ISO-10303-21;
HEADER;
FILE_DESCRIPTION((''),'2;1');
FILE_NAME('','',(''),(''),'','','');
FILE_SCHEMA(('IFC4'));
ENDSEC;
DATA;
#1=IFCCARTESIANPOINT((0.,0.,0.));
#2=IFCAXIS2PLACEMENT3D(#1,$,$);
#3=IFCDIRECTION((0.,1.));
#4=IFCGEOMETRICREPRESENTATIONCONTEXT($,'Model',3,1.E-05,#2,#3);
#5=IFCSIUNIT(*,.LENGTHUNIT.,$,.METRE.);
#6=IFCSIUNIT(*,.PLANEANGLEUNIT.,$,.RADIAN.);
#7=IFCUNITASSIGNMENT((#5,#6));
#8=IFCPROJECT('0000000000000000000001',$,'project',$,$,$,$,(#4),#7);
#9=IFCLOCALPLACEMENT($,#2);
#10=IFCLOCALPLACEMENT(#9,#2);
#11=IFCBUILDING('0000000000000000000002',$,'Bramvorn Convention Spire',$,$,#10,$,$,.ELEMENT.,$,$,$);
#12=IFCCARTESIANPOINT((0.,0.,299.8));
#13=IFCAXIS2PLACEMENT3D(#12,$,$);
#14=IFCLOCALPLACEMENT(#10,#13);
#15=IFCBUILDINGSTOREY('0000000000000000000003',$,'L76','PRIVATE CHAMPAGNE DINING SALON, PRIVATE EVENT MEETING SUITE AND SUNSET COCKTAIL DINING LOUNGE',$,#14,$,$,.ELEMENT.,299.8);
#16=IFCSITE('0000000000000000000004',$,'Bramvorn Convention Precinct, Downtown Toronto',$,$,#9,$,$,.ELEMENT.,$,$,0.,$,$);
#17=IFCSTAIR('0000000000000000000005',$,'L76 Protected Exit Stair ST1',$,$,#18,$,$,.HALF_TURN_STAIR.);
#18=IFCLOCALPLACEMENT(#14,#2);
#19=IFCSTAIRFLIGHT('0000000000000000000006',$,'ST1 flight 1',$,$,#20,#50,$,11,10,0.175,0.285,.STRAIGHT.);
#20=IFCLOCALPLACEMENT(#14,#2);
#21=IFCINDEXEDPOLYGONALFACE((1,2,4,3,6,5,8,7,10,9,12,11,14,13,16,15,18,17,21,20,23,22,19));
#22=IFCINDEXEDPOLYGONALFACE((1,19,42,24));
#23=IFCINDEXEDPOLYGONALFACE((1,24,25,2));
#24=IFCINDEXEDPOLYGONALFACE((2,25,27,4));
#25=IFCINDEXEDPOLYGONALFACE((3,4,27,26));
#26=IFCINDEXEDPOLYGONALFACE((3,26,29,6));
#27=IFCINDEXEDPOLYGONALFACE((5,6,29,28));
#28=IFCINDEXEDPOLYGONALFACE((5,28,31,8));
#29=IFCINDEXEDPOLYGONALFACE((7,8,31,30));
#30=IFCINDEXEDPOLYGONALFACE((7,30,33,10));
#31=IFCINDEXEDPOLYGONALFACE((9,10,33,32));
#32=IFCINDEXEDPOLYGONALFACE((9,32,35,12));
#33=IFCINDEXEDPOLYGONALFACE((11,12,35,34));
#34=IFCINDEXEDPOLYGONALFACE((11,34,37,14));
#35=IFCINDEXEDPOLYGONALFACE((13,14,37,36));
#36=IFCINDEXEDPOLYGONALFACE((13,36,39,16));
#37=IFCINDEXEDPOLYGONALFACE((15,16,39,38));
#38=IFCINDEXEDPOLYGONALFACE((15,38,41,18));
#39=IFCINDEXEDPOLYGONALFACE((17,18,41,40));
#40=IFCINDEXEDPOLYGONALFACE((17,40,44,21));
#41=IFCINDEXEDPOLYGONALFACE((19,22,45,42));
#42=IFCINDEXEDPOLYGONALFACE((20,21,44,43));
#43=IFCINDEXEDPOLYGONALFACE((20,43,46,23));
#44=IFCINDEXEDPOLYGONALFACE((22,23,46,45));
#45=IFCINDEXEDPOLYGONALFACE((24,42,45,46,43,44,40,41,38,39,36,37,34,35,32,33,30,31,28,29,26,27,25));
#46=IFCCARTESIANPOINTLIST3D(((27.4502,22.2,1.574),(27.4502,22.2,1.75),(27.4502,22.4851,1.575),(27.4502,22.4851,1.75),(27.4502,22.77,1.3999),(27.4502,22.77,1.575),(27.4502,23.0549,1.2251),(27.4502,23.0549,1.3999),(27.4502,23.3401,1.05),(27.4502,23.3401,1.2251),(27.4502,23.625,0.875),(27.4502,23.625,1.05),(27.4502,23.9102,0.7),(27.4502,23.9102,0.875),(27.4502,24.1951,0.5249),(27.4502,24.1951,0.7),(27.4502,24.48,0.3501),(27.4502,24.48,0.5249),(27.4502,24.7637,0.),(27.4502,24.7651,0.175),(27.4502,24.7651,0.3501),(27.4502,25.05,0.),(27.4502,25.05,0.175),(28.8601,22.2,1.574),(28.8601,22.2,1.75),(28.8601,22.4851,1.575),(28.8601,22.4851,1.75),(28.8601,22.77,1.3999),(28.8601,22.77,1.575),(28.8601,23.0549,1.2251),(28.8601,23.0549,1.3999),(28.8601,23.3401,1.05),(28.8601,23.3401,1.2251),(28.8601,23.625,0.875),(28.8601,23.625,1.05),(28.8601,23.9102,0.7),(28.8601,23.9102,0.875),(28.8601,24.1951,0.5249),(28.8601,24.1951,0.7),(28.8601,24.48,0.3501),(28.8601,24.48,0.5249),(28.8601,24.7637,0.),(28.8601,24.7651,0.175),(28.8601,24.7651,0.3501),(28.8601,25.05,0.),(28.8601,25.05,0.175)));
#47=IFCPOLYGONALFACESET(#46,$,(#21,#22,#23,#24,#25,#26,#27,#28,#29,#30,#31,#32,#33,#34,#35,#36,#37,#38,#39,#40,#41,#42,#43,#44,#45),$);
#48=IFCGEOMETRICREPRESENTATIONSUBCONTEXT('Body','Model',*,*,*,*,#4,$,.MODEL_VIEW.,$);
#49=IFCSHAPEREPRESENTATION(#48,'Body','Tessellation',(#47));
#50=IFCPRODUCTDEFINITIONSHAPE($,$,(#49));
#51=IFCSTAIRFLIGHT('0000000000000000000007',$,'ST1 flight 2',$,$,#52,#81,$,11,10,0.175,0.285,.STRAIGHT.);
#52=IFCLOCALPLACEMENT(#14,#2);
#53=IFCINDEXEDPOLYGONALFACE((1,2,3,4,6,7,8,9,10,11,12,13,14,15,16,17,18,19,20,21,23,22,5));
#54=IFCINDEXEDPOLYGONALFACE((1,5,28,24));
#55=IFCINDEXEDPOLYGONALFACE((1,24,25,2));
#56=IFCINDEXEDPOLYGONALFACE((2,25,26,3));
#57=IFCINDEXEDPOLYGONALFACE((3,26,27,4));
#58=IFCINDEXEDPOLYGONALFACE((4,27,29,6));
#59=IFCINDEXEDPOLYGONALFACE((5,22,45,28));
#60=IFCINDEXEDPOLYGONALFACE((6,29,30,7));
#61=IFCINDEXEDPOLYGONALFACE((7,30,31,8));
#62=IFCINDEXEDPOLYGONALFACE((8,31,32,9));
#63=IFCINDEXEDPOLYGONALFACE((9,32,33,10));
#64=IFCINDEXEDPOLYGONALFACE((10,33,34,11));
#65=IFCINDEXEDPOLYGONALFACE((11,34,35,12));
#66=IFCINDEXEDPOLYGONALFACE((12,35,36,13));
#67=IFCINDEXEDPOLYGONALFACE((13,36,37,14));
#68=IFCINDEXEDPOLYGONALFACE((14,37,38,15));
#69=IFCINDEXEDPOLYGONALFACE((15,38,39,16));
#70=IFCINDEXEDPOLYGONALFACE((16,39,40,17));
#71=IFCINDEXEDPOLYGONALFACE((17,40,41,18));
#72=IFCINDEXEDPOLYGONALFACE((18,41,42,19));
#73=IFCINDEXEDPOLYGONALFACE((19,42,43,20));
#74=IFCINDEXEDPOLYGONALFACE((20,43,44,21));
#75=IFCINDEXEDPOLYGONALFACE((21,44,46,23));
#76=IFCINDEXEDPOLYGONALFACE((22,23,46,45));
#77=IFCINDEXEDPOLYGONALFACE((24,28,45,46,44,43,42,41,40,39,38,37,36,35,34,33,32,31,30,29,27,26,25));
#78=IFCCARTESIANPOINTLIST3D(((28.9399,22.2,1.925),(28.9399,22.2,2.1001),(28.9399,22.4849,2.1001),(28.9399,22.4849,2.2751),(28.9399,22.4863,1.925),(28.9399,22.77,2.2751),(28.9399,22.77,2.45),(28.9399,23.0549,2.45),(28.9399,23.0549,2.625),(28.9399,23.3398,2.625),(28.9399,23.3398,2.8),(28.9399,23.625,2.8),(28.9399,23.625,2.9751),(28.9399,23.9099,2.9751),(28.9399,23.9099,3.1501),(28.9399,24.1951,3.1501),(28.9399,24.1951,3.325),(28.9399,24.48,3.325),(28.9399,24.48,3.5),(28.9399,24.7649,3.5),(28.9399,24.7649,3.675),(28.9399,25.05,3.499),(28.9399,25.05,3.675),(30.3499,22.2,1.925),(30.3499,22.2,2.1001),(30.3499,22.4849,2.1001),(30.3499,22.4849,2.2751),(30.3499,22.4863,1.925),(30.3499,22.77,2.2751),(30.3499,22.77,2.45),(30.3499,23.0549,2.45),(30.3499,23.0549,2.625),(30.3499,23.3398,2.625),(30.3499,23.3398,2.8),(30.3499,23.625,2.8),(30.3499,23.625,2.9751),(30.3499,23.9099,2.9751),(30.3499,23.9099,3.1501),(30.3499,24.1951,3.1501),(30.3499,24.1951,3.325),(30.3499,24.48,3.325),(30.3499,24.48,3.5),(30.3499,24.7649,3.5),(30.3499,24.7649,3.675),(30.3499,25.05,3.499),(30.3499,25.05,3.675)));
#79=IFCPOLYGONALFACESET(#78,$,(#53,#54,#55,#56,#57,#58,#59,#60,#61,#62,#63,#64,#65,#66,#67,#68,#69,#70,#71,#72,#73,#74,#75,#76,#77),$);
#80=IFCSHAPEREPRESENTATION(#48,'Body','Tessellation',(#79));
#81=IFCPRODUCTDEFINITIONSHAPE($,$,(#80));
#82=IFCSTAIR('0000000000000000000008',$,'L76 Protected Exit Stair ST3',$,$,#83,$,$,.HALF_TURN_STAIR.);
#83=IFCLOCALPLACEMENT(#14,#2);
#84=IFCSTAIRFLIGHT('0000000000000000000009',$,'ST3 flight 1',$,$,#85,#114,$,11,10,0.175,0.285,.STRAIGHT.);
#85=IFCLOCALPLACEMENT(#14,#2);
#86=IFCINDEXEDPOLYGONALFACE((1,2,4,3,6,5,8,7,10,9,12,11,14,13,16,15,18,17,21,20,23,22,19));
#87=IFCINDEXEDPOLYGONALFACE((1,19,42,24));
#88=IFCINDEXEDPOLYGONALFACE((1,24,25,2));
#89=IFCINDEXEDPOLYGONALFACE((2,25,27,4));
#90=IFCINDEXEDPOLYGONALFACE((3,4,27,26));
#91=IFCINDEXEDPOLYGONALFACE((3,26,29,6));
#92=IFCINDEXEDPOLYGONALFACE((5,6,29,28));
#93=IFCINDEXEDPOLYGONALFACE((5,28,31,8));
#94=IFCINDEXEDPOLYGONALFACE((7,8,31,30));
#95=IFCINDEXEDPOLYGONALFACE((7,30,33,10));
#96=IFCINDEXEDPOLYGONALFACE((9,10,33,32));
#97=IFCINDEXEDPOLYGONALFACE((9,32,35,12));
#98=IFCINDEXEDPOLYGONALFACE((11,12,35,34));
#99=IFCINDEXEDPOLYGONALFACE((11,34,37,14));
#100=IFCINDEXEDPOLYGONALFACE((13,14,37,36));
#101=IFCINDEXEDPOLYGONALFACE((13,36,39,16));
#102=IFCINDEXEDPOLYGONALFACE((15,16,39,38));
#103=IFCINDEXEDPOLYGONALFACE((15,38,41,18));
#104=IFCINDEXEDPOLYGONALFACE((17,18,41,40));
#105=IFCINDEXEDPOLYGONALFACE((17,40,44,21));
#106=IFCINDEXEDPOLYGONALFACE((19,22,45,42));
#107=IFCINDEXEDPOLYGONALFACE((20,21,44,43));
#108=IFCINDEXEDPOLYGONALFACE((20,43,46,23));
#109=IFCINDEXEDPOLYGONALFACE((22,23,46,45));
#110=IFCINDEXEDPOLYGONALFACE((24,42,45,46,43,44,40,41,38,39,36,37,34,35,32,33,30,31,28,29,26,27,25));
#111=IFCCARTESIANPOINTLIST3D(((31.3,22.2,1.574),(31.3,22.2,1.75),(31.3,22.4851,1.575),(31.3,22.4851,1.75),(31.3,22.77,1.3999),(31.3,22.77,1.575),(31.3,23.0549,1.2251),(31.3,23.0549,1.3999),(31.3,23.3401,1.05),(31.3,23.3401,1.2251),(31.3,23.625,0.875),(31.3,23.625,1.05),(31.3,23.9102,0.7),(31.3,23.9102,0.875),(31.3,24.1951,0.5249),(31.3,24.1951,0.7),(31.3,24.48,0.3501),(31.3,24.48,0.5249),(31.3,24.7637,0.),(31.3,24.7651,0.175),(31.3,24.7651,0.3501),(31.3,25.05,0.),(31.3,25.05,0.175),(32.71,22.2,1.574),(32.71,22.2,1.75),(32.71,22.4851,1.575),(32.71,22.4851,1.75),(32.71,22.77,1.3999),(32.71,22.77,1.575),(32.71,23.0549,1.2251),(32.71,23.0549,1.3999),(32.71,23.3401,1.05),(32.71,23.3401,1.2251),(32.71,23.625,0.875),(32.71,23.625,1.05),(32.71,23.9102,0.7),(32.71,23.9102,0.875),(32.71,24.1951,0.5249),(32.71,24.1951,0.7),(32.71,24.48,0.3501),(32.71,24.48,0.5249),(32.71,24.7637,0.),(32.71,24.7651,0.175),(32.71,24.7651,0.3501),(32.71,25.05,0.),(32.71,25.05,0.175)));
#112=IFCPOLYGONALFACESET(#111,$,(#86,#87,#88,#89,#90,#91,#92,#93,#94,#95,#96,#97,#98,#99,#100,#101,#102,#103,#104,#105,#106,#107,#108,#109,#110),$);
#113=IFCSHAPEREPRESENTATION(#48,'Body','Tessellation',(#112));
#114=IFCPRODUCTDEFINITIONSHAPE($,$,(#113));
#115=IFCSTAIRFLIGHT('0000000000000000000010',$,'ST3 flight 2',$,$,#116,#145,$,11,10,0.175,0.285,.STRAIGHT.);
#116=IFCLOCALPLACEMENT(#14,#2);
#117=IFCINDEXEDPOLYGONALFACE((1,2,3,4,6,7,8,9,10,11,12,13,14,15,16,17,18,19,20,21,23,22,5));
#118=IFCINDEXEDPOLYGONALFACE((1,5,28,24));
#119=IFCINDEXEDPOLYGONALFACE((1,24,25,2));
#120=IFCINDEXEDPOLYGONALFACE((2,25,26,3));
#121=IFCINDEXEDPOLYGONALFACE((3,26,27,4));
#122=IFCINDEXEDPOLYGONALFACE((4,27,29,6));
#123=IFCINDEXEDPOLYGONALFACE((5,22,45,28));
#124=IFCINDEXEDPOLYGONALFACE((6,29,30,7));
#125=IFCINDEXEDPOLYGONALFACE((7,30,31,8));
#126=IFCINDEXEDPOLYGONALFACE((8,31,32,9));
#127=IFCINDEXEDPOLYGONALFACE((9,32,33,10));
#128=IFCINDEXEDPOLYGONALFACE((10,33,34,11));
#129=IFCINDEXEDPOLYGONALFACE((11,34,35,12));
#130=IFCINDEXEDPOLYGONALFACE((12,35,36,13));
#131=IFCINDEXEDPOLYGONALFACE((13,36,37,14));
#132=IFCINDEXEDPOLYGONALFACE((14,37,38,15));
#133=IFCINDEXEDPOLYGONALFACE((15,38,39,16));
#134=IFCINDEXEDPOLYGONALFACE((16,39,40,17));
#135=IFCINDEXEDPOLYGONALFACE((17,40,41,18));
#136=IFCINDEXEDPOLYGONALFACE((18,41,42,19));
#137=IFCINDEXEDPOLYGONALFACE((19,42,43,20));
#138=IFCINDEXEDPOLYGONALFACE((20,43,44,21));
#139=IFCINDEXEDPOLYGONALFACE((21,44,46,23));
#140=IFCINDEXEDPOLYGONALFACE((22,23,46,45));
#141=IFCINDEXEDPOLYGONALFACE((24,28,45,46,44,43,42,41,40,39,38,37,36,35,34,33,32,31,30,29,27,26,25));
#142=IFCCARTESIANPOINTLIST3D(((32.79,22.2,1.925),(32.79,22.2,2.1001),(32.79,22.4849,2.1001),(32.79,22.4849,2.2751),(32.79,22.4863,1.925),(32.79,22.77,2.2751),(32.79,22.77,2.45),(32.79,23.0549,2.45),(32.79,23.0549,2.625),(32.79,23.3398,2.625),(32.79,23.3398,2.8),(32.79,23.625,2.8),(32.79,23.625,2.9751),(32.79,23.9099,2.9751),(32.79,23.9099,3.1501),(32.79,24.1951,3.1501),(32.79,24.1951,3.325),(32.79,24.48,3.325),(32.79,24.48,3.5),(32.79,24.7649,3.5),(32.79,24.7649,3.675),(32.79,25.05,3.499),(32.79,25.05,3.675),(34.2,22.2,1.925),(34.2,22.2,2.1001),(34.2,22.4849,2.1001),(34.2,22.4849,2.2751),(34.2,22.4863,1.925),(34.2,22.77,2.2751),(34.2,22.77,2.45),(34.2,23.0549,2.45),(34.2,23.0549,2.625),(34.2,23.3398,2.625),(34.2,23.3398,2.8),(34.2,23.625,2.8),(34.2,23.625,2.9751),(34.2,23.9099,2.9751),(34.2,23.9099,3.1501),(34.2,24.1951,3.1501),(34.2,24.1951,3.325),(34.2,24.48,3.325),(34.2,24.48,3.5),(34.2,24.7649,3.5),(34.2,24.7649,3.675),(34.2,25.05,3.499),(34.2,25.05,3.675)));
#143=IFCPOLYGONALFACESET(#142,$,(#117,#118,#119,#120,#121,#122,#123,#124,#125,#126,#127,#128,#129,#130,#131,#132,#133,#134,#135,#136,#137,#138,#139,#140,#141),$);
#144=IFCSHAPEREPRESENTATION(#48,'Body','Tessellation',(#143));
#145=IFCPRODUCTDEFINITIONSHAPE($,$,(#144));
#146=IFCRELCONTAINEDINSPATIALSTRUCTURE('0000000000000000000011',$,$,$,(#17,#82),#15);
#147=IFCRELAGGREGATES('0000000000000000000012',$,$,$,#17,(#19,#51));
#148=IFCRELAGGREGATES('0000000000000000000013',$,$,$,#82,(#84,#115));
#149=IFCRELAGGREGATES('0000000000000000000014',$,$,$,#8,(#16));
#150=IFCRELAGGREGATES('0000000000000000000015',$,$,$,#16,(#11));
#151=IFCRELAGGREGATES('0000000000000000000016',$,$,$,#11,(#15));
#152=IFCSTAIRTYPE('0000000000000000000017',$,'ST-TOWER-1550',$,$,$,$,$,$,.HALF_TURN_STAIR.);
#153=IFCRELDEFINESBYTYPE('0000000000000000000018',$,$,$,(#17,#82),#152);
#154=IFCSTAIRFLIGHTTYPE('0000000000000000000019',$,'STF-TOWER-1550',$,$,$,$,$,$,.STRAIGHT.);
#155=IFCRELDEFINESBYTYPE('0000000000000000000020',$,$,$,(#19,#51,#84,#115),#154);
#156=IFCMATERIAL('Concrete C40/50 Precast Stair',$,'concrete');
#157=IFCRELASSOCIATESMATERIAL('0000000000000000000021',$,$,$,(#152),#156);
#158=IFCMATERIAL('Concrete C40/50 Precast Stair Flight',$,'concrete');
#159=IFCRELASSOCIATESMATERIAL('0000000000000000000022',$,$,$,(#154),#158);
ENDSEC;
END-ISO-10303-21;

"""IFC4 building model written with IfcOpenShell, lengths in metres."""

from ifc_helpers import new_model, si_unit, direction, frame, origin, place, context, subcontext, project, spatial, polyline, outline, extrude, material, type_object, element, aggregate, save


model = new_model("IFC4")

# Units and contexts
model_context = context("Model", 3, precision=1e-05, world=origin(), true_north=direction((0.0, 1.0)))
body_context = subcontext(model_context, "Body", "Model", "MODEL_VIEW")
ifc_project = project(units=[si_unit("LENGTHUNIT", "METRE"), si_unit("PLANEANGLEUNIT", "RADIAN")], contexts=[model_context])

# Site, building, storey
site_placement = place(None, origin())
site = spatial("IfcSite", under=ifc_project, at=site_placement, Name="Bramvorn Convention Precinct, Downtown Toronto", CompositionType="ELEMENT", RefElevation=0.0)
building_placement = place(site_placement, origin())
building = spatial("IfcBuilding", under=site, at=building_placement, Name="Bramvorn Convention Spire", CompositionType="ELEMENT")
storey_placement = place(building_placement, frame((0.0, 0.0, 299.8)))
storey = spatial("IfcBuildingStorey", under=building, at=storey_placement, Name="L76", Description="PRIVATE CHAMPAGNE DINING SALON, PRIVATE EVENT MEETING SUITE AND SUNSET COCKTAIL DINING LOUNGE", CompositionType="ELEMENT", Elevation=299.8)

# Stairs, stair flights
ifc_material_1 = material(Name="Concrete C40/50 Precast Stair", Category="concrete")
stair_type = type_object("IfcStairType", Name="ST-TOWER-1550", PredefinedType="HALF_TURN_STAIR", material=ifc_material_1)
stair_1_placement = place(storey_placement, origin())
stair_1 = element("IfcStair", 1, at=stair_1_placement, inside=storey, type_object=stair_type, Name="L76 Protected Exit Stair ST1", PredefinedType="HALF_TURN_STAIR")
ifc_material_2 = material(Name="Concrete C40/50 Precast Stair Flight", Category="concrete")
stair_flight_type = type_object("IfcStairFlightType", Name="STF-TOWER-1550", PredefinedType="STRAIGHT", material=ifc_material_2)
stair_flight_1_placement = place(storey_placement, frame((28.155, 25.05, 0.0), z_axis=(0.0, 0.0, 1.0), x_axis=(0.0, -1.0, 0.0)))
stair_flight_1 = element("IfcStairFlight", 2, at=stair_flight_1_placement, type_object=stair_flight_type, Name="ST1 flight 1", NumberOfRisers=11, NumberOfTreads=10, PredefinedType="STRAIGHT", RiserHeight=0.175, TreadLength=0.285, context=body_context, shape_type="SweptSolid", body=[
    extrude(outline(polyline([(0.0, 0.0), (0.0, 0.175), (0.2849, 0.175), (0.2849, 0.3501), (0.5701, 0.3501), (0.5701, 0.5249), (0.855, 0.5249), (0.855, 0.7), (1.1399, 0.7), (1.1399, 0.875), (1.425, 0.875), (1.425, 1.05), (1.71, 1.05), (1.71, 1.2251), (1.9951, 1.2251), (1.9951, 1.3999), (2.28, 1.3999), (2.28, 1.575), (2.5649, 1.575), (2.5649, 1.75), (2.8501, 1.75), (2.8501, 1.925), (2.8501, 1.574), (0.2864, 0.0), (0.0, 0.0)])), frame((0.0, 0.7051, 0.0), z_axis=(0.0, -1.0, 0.0), x_axis=(1.0, 0.0, 0.0)), (0.0, 0.0, 1.0), 1.4099),
])
stair_flight_2_placement = place(storey_placement, frame((29.645, 22.2, 1.925), z_axis=(0.0, 0.0, 1.0), x_axis=(0.0, 1.0, 0.0)))
stair_flight_2 = element("IfcStairFlight", 3, at=stair_flight_2_placement, type_object=stair_flight_type, Name="ST1 flight 2", NumberOfRisers=11, NumberOfTreads=10, PredefinedType="STRAIGHT", RiserHeight=0.175, TreadLength=0.285, context=body_context, shape_type="SweptSolid", body=[
    extrude(outline(polyline([(0.0, 0.0), (0.0, 0.175), (0.2849, 0.175), (0.2849, 0.3501), (0.5701, 0.3501), (0.5701, 0.5249), (0.855, 0.5249), (0.855, 0.7), (1.1399, 0.7), (1.1399, 0.875), (1.425, 0.875), (1.425, 1.05), (1.71, 1.05), (1.71, 1.2251), (1.9951, 1.2251), (1.9951, 1.3999), (2.28, 1.3999), (2.28, 1.575), (2.5649, 1.575), (2.5649, 1.75), (2.8501, 1.75), (2.8501, 1.925), (2.8501, 1.574), (0.2864, 0.0), (0.0, 0.0)])), frame((0.0, 0.7051, 0.0), z_axis=(0.0, -1.0, 0.0), x_axis=(1.0, 0.0, 0.0)), (0.0, 0.0, 1.0), 1.4099),
])
aggregate(stair_1, [stair_flight_1, stair_flight_2])
stair_2_placement = place(storey_placement, origin())
stair_2 = element("IfcStair", 4, at=stair_2_placement, inside=storey, type_object=stair_type, Name="L76 Protected Exit Stair ST3", PredefinedType="HALF_TURN_STAIR")
stair_flight_3_placement = place(storey_placement, frame((32.0049, 25.05, 0.0), z_axis=(0.0, 0.0, 1.0), x_axis=(0.0, -1.0, 0.0)))
stair_flight_3 = element("IfcStairFlight", 5, at=stair_flight_3_placement, type_object=stair_flight_type, Name="ST3 flight 1", NumberOfRisers=11, NumberOfTreads=10, PredefinedType="STRAIGHT", RiserHeight=0.175, TreadLength=0.285, context=body_context, shape_type="SweptSolid", body=[
    extrude(outline(polyline([(0.0, 0.0), (0.0, 0.175), (0.2849, 0.175), (0.2849, 0.3501), (0.5701, 0.3501), (0.5701, 0.5249), (0.855, 0.5249), (0.855, 0.7), (1.1399, 0.7), (1.1399, 0.875), (1.425, 0.875), (1.425, 1.05), (1.71, 1.05), (1.71, 1.2251), (1.9951, 1.2251), (1.9951, 1.3999), (2.28, 1.3999), (2.28, 1.575), (2.5649, 1.575), (2.5649, 1.75), (2.8501, 1.75), (2.8501, 1.925), (2.8501, 1.574), (0.2864, 0.0), (0.0, 0.0)])), frame((0.0, 0.7051, 0.0), z_axis=(0.0, -1.0, 0.0), x_axis=(1.0, 0.0, 0.0)), (0.0, 0.0, 1.0), 1.4099),
])
stair_flight_4_placement = place(storey_placement, frame((33.4951, 22.2, 1.925), z_axis=(0.0, 0.0, 1.0), x_axis=(0.0, 1.0, 0.0)))
stair_flight_4 = element("IfcStairFlight", 6, at=stair_flight_4_placement, type_object=stair_flight_type, Name="ST3 flight 2", NumberOfRisers=11, NumberOfTreads=10, PredefinedType="STRAIGHT", RiserHeight=0.175, TreadLength=0.285, context=body_context, shape_type="SweptSolid", body=[
    extrude(outline(polyline([(0.0, 0.0), (0.0, 0.175), (0.2849, 0.175), (0.2849, 0.3501), (0.5701, 0.3501), (0.5701, 0.5249), (0.855, 0.5249), (0.855, 0.7), (1.1399, 0.7), (1.1399, 0.875), (1.425, 0.875), (1.425, 1.05), (1.71, 1.05), (1.71, 1.2251), (1.9951, 1.2251), (1.9951, 1.3999), (2.28, 1.3999), (2.28, 1.575), (2.5649, 1.575), (2.5649, 1.75), (2.8501, 1.75), (2.8501, 1.925), (2.8501, 1.574), (0.2864, 0.0), (0.0, 0.0)])), frame((0.0, 0.7051, 0.0), z_axis=(0.0, -1.0, 0.0), x_axis=(1.0, 0.0, 0.0)), (0.0, 0.0, 1.0), 1.4099),
])
aggregate(stair_2, [stair_flight_3, stair_flight_4])

save(model, "model.ifc")
